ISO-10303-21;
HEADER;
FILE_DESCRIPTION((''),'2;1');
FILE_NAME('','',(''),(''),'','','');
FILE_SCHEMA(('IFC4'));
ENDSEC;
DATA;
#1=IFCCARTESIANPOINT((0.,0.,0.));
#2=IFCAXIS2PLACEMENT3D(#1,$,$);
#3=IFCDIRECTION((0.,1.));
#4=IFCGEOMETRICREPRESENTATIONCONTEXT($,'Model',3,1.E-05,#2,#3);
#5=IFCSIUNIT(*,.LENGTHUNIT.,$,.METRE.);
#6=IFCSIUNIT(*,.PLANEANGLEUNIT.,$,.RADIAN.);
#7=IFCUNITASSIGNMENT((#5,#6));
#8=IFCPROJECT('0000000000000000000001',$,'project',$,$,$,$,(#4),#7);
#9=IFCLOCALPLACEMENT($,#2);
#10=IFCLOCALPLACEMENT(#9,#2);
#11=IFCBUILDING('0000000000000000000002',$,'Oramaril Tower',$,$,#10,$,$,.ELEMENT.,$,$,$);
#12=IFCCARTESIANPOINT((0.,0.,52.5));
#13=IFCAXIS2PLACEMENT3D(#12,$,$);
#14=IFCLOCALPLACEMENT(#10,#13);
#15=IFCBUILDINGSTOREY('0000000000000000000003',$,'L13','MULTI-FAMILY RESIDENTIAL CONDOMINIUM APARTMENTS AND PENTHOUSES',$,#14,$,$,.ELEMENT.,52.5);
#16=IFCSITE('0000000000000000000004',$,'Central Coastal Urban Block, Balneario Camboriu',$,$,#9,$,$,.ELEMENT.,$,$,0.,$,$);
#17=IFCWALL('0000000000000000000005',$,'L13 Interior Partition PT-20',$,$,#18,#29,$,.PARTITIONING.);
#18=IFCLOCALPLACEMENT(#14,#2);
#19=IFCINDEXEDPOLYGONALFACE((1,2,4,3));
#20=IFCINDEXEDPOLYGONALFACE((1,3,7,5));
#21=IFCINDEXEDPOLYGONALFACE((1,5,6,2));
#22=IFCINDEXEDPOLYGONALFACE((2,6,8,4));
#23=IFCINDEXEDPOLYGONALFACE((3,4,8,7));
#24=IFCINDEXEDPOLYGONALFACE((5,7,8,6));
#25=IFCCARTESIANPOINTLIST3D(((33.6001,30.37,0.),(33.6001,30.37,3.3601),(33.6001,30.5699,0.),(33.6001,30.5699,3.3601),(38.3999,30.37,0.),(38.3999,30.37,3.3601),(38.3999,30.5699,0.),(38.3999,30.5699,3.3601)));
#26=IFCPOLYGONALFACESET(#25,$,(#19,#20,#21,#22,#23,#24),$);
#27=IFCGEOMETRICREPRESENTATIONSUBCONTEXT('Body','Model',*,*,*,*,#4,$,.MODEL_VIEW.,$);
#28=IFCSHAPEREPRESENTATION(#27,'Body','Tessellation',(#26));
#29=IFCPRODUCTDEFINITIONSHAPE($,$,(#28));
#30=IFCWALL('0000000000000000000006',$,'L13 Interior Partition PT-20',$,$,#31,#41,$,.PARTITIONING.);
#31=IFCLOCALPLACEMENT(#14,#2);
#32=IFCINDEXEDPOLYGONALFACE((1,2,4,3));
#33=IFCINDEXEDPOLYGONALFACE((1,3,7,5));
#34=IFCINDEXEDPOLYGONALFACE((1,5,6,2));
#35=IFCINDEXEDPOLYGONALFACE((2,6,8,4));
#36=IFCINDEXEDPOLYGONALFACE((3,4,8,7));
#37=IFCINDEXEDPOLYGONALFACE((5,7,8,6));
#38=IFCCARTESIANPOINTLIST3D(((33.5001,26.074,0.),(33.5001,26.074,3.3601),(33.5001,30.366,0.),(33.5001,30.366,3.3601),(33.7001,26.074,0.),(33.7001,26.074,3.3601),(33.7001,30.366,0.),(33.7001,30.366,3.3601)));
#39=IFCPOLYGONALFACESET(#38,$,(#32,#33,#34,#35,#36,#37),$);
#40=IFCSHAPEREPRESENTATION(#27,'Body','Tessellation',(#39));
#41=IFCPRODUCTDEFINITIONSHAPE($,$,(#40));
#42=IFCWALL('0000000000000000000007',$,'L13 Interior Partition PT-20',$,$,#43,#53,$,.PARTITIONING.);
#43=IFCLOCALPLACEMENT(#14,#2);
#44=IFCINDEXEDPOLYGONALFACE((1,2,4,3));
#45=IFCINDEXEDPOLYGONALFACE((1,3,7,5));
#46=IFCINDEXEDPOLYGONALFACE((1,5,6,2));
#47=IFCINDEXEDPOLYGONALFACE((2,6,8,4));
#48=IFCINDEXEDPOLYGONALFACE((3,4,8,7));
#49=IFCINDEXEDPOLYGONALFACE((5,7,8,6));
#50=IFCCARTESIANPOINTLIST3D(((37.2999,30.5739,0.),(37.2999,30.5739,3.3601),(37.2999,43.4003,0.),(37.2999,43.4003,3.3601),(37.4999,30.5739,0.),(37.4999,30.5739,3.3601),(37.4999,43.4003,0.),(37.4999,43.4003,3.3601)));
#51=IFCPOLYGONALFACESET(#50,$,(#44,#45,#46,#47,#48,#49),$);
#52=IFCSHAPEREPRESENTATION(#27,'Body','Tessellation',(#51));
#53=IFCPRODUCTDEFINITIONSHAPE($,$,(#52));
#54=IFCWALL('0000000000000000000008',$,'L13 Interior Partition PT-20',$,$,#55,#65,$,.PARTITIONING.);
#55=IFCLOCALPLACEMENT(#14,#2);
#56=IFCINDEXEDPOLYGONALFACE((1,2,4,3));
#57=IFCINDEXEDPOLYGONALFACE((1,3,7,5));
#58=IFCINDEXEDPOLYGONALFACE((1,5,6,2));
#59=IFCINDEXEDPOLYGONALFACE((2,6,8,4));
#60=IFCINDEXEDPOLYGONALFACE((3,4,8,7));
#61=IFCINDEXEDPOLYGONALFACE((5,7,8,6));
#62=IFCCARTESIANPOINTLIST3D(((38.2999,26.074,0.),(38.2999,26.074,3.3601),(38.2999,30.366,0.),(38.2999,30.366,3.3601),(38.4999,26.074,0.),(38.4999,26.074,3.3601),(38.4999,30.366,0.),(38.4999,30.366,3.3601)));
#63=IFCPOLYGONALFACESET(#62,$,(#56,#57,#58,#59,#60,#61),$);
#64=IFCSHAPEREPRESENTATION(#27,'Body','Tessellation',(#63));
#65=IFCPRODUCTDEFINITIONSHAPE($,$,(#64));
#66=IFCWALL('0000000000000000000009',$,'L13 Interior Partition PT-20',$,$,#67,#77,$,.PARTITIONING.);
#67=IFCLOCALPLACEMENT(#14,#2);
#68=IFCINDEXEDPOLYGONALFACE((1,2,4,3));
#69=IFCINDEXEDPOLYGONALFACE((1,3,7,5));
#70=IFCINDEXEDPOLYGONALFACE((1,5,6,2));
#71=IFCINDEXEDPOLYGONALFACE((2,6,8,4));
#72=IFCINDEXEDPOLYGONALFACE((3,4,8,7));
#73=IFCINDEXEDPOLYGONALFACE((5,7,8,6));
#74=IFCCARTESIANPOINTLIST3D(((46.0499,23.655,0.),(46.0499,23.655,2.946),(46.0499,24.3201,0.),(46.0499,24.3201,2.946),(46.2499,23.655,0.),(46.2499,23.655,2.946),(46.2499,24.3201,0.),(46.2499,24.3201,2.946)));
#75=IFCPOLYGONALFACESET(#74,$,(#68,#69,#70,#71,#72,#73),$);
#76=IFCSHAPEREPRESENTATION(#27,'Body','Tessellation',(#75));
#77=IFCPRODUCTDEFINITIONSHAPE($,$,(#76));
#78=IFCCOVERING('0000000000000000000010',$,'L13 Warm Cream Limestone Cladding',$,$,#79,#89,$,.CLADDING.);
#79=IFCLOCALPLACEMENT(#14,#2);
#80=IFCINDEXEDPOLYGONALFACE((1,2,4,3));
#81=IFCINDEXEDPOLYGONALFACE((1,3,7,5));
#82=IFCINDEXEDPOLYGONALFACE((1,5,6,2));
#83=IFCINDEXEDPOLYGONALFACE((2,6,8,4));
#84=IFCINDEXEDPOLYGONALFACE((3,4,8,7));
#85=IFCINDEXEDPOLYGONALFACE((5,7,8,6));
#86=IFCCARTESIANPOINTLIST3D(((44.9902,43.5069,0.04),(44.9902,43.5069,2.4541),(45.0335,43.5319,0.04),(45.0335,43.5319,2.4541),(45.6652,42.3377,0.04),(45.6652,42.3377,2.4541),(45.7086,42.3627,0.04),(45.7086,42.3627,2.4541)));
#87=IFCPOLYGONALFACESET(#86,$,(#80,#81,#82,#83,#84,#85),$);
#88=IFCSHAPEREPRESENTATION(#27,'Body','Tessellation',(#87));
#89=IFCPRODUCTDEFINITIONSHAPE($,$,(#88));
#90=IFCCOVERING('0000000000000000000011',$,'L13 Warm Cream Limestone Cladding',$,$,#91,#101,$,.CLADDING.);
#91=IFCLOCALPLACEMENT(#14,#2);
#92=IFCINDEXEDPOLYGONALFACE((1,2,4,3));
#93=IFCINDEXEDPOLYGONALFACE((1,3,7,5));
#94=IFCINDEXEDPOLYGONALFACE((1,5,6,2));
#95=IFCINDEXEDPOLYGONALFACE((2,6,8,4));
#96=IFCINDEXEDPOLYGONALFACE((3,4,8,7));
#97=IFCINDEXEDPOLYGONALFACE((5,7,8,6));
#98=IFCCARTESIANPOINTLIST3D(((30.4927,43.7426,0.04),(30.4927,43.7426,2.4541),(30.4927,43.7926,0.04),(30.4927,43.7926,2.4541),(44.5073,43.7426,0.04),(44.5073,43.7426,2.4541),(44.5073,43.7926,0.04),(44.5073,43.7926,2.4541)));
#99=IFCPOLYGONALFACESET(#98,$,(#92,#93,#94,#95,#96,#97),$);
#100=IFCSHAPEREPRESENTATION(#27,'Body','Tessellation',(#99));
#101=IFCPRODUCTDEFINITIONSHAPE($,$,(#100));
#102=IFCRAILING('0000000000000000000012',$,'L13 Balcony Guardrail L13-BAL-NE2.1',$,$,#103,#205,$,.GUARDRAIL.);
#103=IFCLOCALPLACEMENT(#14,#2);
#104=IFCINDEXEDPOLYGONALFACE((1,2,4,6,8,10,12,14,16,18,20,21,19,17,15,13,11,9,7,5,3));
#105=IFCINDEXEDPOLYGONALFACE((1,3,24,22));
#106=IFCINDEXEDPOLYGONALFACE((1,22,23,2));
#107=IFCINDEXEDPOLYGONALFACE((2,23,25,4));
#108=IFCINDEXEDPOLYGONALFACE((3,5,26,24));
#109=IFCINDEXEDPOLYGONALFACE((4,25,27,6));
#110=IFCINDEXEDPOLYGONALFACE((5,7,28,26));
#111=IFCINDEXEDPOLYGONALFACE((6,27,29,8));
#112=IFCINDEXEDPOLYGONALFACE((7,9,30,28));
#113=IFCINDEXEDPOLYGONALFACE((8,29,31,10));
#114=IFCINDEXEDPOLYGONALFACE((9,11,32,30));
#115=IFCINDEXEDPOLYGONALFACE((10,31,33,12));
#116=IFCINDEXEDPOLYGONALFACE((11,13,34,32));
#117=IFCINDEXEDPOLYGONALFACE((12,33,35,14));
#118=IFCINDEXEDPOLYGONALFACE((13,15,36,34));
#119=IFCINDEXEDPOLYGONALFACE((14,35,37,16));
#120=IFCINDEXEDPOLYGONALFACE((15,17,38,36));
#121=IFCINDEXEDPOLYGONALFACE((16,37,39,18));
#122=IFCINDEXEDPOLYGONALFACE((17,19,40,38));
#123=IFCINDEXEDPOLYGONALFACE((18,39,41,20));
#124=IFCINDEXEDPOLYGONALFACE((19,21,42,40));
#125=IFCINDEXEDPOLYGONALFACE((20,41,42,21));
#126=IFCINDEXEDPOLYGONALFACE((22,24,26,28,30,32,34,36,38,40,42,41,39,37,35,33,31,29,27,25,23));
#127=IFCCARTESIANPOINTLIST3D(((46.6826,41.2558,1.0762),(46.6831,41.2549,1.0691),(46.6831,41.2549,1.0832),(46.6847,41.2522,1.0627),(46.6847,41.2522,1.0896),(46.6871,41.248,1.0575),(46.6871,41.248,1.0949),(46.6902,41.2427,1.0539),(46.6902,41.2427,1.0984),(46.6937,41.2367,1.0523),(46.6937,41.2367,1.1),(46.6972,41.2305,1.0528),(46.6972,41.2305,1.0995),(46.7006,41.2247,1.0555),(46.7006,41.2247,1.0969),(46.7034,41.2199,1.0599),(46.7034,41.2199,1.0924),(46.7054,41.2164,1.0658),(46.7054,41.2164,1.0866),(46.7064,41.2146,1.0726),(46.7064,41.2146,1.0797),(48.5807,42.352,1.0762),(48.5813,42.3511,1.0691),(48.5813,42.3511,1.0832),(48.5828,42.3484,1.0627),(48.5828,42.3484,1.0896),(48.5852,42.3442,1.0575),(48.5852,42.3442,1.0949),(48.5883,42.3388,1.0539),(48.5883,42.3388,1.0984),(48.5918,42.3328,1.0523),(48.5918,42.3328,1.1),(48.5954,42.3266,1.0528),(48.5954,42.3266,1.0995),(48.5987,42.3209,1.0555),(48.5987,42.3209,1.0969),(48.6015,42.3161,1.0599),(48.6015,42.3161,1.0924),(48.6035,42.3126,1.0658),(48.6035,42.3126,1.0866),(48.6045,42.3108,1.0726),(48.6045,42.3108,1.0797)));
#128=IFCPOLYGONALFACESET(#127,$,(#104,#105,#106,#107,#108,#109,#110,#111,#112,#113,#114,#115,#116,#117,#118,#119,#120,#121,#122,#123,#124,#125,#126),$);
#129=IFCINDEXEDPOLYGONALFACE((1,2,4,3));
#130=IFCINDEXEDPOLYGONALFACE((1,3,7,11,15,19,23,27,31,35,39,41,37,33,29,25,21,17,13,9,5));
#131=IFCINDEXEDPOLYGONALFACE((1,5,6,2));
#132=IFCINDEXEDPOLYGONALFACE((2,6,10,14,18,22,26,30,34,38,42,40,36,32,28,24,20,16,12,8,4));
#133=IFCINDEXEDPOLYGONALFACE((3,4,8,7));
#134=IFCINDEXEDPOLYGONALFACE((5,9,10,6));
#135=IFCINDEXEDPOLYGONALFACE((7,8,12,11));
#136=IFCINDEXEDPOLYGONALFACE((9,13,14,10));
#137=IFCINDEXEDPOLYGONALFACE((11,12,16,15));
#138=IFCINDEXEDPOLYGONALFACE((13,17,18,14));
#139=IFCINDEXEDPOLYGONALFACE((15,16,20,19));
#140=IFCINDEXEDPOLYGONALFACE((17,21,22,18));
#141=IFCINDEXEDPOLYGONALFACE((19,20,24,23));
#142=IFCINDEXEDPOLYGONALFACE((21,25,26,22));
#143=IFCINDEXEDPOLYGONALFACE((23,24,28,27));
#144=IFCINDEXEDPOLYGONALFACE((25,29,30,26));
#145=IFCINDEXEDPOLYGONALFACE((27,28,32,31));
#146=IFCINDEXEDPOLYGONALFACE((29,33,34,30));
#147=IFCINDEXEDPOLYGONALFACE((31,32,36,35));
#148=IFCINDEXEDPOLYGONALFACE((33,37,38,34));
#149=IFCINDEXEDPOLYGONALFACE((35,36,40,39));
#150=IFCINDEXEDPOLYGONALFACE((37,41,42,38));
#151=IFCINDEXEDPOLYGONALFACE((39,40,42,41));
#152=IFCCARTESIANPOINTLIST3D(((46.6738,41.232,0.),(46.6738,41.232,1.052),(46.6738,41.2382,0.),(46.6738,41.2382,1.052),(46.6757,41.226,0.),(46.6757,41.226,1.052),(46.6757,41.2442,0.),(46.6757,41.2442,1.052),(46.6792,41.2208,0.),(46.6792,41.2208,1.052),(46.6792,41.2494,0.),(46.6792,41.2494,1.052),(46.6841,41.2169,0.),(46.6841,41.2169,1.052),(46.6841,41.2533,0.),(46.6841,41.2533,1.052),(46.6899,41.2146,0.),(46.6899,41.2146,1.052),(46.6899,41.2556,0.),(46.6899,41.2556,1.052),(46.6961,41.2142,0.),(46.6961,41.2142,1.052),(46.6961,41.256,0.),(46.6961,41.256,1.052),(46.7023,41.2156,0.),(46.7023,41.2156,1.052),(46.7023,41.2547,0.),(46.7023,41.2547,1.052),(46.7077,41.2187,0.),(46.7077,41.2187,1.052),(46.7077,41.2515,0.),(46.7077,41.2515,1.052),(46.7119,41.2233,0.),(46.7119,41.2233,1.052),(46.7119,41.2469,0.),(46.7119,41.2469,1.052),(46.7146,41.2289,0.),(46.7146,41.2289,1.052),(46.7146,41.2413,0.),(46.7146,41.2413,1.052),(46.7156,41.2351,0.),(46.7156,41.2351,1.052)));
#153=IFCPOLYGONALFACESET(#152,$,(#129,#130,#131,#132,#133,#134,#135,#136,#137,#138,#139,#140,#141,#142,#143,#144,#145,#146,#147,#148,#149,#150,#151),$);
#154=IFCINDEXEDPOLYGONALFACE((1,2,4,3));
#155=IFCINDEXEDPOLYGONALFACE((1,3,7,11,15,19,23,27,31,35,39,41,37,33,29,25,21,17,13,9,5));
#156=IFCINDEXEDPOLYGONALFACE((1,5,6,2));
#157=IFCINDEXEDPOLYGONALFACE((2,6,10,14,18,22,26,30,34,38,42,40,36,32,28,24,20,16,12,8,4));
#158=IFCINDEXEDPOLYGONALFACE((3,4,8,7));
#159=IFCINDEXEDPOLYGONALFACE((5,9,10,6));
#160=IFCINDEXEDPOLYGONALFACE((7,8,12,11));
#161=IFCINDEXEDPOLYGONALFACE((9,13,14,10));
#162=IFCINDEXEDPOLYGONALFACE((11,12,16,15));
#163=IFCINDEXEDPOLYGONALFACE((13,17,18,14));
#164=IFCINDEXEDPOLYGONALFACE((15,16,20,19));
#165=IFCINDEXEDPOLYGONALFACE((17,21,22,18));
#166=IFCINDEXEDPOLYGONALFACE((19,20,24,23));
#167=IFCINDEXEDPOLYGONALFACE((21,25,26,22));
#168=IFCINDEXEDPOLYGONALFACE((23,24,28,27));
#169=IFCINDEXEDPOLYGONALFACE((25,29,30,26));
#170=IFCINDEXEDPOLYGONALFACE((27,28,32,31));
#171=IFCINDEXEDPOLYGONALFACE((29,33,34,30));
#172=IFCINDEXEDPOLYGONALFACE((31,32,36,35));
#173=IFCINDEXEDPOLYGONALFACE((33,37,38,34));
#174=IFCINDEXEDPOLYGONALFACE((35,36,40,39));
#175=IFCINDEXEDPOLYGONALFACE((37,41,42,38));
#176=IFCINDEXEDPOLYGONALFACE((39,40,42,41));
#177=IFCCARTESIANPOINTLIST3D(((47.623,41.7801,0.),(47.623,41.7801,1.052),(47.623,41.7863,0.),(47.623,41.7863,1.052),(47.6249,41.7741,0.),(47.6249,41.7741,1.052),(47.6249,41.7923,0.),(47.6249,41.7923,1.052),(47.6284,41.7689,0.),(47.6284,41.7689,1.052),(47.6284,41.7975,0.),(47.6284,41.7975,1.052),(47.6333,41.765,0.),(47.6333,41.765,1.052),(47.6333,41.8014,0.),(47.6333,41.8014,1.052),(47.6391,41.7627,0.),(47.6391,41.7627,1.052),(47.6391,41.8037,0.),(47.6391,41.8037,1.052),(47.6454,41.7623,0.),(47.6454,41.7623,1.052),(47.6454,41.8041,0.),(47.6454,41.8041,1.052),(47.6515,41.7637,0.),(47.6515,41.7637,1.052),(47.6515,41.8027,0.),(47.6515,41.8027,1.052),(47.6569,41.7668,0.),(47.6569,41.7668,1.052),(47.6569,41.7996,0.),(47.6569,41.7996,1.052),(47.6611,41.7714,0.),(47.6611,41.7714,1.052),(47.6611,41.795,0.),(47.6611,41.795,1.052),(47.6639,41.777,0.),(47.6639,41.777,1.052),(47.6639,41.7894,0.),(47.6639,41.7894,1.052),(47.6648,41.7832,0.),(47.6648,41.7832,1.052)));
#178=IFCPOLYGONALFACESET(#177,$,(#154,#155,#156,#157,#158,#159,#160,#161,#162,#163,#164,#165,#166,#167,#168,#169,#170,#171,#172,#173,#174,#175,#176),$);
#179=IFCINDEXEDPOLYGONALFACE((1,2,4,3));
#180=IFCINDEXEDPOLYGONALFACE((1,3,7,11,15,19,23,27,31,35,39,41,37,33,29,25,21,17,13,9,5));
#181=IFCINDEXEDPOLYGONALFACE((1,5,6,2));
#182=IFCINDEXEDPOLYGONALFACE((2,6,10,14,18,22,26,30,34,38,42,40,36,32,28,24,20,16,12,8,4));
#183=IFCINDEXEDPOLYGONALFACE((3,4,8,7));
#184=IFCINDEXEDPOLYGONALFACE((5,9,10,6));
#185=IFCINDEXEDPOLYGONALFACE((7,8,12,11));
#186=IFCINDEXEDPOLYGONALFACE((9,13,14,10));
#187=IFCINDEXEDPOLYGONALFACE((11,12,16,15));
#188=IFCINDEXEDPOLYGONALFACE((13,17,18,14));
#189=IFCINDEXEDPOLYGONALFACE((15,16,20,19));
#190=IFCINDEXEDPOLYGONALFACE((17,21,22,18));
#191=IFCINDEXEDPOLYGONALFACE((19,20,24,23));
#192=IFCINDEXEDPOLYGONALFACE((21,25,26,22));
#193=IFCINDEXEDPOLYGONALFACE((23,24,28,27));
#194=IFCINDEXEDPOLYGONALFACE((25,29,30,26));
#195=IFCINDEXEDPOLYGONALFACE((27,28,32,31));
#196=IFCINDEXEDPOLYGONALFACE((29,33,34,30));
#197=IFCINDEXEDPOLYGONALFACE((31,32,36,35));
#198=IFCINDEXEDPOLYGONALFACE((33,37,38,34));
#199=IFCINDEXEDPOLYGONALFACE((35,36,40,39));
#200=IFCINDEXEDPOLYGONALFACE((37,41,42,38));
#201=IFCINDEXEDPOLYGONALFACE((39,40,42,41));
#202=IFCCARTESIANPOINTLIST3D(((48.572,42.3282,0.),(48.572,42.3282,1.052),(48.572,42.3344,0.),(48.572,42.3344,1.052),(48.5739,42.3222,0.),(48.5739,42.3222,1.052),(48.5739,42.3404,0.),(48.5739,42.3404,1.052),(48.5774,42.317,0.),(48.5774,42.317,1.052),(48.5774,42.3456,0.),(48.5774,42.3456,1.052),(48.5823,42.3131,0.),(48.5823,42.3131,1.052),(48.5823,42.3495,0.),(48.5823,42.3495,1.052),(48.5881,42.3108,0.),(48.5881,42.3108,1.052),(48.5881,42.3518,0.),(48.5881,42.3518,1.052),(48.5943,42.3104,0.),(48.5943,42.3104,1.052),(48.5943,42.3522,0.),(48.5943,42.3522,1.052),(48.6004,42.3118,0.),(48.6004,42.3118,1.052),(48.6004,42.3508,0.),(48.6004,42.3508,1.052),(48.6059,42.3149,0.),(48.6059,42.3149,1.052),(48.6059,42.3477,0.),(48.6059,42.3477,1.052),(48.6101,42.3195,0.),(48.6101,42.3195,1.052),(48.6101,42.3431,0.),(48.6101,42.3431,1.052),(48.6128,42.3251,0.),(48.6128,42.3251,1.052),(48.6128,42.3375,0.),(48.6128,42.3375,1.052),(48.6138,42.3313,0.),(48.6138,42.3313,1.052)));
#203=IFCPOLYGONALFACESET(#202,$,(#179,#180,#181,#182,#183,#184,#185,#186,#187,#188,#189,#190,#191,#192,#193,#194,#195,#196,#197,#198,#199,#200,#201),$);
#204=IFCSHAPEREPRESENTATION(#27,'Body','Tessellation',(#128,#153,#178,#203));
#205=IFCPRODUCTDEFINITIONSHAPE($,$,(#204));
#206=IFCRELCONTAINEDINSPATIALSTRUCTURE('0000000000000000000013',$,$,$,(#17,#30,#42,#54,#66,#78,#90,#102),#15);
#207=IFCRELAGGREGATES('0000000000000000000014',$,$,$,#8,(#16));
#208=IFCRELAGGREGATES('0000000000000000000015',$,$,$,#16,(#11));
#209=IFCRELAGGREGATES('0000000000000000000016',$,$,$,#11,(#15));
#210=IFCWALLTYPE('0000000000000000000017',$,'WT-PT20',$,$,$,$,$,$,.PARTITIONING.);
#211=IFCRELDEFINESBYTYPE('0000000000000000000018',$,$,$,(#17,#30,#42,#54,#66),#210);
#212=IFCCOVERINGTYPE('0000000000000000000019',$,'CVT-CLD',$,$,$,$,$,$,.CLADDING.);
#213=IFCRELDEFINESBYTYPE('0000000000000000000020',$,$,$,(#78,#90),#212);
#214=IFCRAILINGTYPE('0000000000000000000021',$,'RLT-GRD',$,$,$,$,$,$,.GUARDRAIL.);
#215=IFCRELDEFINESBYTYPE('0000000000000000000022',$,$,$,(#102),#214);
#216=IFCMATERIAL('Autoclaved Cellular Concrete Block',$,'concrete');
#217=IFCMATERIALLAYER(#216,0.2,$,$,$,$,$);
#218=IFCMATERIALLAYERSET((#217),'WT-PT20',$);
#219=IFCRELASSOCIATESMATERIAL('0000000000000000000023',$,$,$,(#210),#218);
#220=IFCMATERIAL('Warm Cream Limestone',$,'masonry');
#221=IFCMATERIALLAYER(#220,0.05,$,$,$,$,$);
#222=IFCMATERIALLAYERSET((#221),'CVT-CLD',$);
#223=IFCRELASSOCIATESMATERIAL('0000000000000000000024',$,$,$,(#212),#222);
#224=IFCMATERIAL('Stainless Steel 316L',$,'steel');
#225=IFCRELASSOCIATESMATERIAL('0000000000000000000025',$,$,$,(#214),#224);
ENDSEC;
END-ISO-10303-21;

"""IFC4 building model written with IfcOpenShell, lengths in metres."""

from ifc_helpers import new_model, si_unit, direction, frame, frame_2d, origin, origin_2d, place, context, subcontext, project, spatial, rectangle, circle, extrude, material, layer, layer_set, type_object, element, save


model = new_model("IFC4")

# Units and contexts
model_context = context("Model", 3, precision=1e-05, world=origin(), true_north=direction((0.0, 1.0)))
body_context = subcontext(model_context, "Body", "Model", "MODEL_VIEW")
ifc_project = project(units=[si_unit("LENGTHUNIT", "METRE"), si_unit("PLANEANGLEUNIT", "RADIAN")], contexts=[model_context])

# Site, building, storey
site_placement = place(None, origin())
site = spatial("IfcSite", under=ifc_project, at=site_placement, Name="Central Coastal Urban Block, Balneario Camboriu", CompositionType="ELEMENT", RefElevation=0.0)
building_placement = place(site_placement, origin())
building = spatial("IfcBuilding", under=site, at=building_placement, Name="Oramaril Tower", CompositionType="ELEMENT")
storey_placement = place(building_placement, frame((0.0, 0.0, 52.5)))
storey = spatial("IfcBuildingStorey", under=building, at=storey_placement, Name="L13", Description="MULTI-FAMILY RESIDENTIAL CONDOMINIUM APARTMENTS AND PENTHOUSES", CompositionType="ELEMENT", Elevation=52.5)

# Walls
ifc_material_1 = material(Name="Autoclaved Cellular Concrete Block", Category="concrete")
ifc_layer_1 = layer(ifc_material_1, 0.2)
ifc_layer_set_1 = layer_set([ifc_layer_1], Name="WT-PT20")
wall_type_1 = type_object("IfcWallType", Name="WT-PT20", PredefinedType="PARTITIONING", material=ifc_layer_set_1)
wall_1_placement = place(storey_placement, frame((33.6001, 30.47, 0.0), z_axis=(0.0, 0.0, 1.0), x_axis=(1.0, 0.0, 0.0)))
element("IfcWall", 1, at=wall_1_placement, inside=storey, type_object=wall_type_1, Name="L13 Interior Partition PT-20", PredefinedType="PARTITIONING", context=body_context, shape_type="SweptSolid", body=[
    extrude(rectangle(XDim=4.7998, YDim=0.2, at=frame_2d((2.3999, 0.0))), origin(), (0.0, 0.0, 1.0), 3.3601),
])
wall_2_placement = place(storey_placement, frame((33.6001, 26.074, 0.0), z_axis=(0.0, 0.0, 1.0), x_axis=(0.0, 1.0, 0.0)))
element("IfcWall", 2, at=wall_2_placement, inside=storey, type_object=wall_type_1, Name="L13 Interior Partition PT-20", PredefinedType="PARTITIONING", context=body_context, shape_type="SweptSolid", body=[
    extrude(rectangle(XDim=4.292, YDim=0.2, at=frame_2d((2.146, 0.0))), origin(), (0.0, 0.0, 1.0), 3.3601),
])
wall_3_placement = place(storey_placement, frame((37.3999, 30.574, 0.0), z_axis=(0.0, 0.0, 1.0), x_axis=(0.0, 1.0, 0.0)))
element("IfcWall", 3, at=wall_3_placement, inside=storey, type_object=wall_type_1, Name="L13 Interior Partition PT-20", PredefinedType="PARTITIONING", context=body_context, shape_type="SweptSolid", body=[
    extrude(rectangle(XDim=12.8264, YDim=0.2, at=frame_2d((6.4131, 0.0))), origin(), (0.0, 0.0, 1.0), 3.3601),
])
wall_4_placement = place(storey_placement, frame((38.3999, 26.074, 0.0), z_axis=(0.0, 0.0, 1.0), x_axis=(0.0, 1.0, 0.0)))
element("IfcWall", 4, at=wall_4_placement, inside=storey, type_object=wall_type_1, Name="L13 Interior Partition PT-20", PredefinedType="PARTITIONING", context=body_context, shape_type="SweptSolid", body=[
    extrude(rectangle(XDim=4.292, YDim=0.2, at=frame_2d((2.146, 0.0))), origin(), (0.0, 0.0, 1.0), 3.3601),
])
wall_5_placement = place(storey_placement, frame((46.1499, 23.655, 0.0), z_axis=(0.0, 0.0, 1.0), x_axis=(0.0, 1.0, 0.0)))
element("IfcWall", 5, at=wall_5_placement, inside=storey, type_object=wall_type_1, Name="L13 Interior Partition PT-20", PredefinedType="PARTITIONING", context=body_context, shape_type="SweptSolid", body=[
    extrude(rectangle(XDim=0.665, YDim=0.2, at=frame_2d((0.3325, 0.0))), origin(), (0.0, 0.0, 1.0), 2.946),
])

# Coverings
ifc_material_2 = material(Name="Warm Cream Limestone", Category="masonry")
ifc_layer_2 = layer(ifc_material_2, 0.05)
ifc_layer_set_2 = layer_set([ifc_layer_2], Name="CVT-CLD")
covering_type = type_object("IfcCoveringType", Name="CVT-CLD", PredefinedType="CLADDING", material=ifc_layer_set_2)
covering_1_placement = place(storey_placement, frame((45.3494, 42.9348, 0.04), z_axis=(0.0, 0.0, 1.0), x_axis=(-0.5, 0.866025, 0.0)))
element("IfcCovering", 6, at=covering_1_placement, inside=storey, type_object=covering_type, Name="L13 Warm Cream Limestone Cladding", PredefinedType="CLADDING", context=body_context, shape_type="SweptSolid", body=[
    extrude(rectangle(XDim=1.3501, YDim=0.05, at=origin_2d()), origin(), (0.0, 0.0, 1.0), 2.4141),
])
covering_2_placement = place(storey_placement, frame((37.5, 43.7676, 0.04), z_axis=(0.0, 0.0, 1.0), x_axis=(-1.0, 0.0, 0.0)))
element("IfcCovering", 7, at=covering_2_placement, inside=storey, type_object=covering_type, Name="L13 Warm Cream Limestone Cladding", PredefinedType="CLADDING", context=body_context, shape_type="SweptSolid", body=[
    extrude(rectangle(XDim=14.0146, YDim=0.05, at=origin_2d()), origin(), (0.0, 0.0, 1.0), 2.4141),
])

# Railing
ifc_material_3 = material(Name="Stainless Steel 316L", Category="steel")
railing_type = type_object("IfcRailingType", Name="RLT-GRD", PredefinedType="GUARDRAIL", material=ifc_material_3)
railing_placement = place(storey_placement, frame((46.6946, 41.2351, 0.0)))
element("IfcRailing", 8, at=railing_placement, inside=storey, type_object=railing_type, Name="L13 Balcony Guardrail L13-BAL-NE2.1", PredefinedType="GUARDRAIL", context=body_context, shape_type="SweptSolid", body=[
    extrude(circle(Radius=0.0239, at=origin_2d()), frame((0.0, 0.0, 1.0762), z_axis=(0.865972, 0.500092, 0.0), x_axis=(-0.500092, 0.865972, 0.0)), (0.0, 0.0, 1.0), 2.1919),
    extrude(circle(Radius=0.021, at=origin_2d()), origin(), (0.0, 0.0, 1.0), 1.052),
    extrude(circle(Radius=0.021, at=origin_2d()), frame((0.9492, 0.5481, 0.0)), (0.0, 0.0, 1.0), 1.052),
    extrude(circle(Radius=0.021, at=origin_2d()), frame((1.8982, 1.0962, 0.0)), (0.0, 0.0, 1.0), 1.052),
])

save(model, "model.ifc")
